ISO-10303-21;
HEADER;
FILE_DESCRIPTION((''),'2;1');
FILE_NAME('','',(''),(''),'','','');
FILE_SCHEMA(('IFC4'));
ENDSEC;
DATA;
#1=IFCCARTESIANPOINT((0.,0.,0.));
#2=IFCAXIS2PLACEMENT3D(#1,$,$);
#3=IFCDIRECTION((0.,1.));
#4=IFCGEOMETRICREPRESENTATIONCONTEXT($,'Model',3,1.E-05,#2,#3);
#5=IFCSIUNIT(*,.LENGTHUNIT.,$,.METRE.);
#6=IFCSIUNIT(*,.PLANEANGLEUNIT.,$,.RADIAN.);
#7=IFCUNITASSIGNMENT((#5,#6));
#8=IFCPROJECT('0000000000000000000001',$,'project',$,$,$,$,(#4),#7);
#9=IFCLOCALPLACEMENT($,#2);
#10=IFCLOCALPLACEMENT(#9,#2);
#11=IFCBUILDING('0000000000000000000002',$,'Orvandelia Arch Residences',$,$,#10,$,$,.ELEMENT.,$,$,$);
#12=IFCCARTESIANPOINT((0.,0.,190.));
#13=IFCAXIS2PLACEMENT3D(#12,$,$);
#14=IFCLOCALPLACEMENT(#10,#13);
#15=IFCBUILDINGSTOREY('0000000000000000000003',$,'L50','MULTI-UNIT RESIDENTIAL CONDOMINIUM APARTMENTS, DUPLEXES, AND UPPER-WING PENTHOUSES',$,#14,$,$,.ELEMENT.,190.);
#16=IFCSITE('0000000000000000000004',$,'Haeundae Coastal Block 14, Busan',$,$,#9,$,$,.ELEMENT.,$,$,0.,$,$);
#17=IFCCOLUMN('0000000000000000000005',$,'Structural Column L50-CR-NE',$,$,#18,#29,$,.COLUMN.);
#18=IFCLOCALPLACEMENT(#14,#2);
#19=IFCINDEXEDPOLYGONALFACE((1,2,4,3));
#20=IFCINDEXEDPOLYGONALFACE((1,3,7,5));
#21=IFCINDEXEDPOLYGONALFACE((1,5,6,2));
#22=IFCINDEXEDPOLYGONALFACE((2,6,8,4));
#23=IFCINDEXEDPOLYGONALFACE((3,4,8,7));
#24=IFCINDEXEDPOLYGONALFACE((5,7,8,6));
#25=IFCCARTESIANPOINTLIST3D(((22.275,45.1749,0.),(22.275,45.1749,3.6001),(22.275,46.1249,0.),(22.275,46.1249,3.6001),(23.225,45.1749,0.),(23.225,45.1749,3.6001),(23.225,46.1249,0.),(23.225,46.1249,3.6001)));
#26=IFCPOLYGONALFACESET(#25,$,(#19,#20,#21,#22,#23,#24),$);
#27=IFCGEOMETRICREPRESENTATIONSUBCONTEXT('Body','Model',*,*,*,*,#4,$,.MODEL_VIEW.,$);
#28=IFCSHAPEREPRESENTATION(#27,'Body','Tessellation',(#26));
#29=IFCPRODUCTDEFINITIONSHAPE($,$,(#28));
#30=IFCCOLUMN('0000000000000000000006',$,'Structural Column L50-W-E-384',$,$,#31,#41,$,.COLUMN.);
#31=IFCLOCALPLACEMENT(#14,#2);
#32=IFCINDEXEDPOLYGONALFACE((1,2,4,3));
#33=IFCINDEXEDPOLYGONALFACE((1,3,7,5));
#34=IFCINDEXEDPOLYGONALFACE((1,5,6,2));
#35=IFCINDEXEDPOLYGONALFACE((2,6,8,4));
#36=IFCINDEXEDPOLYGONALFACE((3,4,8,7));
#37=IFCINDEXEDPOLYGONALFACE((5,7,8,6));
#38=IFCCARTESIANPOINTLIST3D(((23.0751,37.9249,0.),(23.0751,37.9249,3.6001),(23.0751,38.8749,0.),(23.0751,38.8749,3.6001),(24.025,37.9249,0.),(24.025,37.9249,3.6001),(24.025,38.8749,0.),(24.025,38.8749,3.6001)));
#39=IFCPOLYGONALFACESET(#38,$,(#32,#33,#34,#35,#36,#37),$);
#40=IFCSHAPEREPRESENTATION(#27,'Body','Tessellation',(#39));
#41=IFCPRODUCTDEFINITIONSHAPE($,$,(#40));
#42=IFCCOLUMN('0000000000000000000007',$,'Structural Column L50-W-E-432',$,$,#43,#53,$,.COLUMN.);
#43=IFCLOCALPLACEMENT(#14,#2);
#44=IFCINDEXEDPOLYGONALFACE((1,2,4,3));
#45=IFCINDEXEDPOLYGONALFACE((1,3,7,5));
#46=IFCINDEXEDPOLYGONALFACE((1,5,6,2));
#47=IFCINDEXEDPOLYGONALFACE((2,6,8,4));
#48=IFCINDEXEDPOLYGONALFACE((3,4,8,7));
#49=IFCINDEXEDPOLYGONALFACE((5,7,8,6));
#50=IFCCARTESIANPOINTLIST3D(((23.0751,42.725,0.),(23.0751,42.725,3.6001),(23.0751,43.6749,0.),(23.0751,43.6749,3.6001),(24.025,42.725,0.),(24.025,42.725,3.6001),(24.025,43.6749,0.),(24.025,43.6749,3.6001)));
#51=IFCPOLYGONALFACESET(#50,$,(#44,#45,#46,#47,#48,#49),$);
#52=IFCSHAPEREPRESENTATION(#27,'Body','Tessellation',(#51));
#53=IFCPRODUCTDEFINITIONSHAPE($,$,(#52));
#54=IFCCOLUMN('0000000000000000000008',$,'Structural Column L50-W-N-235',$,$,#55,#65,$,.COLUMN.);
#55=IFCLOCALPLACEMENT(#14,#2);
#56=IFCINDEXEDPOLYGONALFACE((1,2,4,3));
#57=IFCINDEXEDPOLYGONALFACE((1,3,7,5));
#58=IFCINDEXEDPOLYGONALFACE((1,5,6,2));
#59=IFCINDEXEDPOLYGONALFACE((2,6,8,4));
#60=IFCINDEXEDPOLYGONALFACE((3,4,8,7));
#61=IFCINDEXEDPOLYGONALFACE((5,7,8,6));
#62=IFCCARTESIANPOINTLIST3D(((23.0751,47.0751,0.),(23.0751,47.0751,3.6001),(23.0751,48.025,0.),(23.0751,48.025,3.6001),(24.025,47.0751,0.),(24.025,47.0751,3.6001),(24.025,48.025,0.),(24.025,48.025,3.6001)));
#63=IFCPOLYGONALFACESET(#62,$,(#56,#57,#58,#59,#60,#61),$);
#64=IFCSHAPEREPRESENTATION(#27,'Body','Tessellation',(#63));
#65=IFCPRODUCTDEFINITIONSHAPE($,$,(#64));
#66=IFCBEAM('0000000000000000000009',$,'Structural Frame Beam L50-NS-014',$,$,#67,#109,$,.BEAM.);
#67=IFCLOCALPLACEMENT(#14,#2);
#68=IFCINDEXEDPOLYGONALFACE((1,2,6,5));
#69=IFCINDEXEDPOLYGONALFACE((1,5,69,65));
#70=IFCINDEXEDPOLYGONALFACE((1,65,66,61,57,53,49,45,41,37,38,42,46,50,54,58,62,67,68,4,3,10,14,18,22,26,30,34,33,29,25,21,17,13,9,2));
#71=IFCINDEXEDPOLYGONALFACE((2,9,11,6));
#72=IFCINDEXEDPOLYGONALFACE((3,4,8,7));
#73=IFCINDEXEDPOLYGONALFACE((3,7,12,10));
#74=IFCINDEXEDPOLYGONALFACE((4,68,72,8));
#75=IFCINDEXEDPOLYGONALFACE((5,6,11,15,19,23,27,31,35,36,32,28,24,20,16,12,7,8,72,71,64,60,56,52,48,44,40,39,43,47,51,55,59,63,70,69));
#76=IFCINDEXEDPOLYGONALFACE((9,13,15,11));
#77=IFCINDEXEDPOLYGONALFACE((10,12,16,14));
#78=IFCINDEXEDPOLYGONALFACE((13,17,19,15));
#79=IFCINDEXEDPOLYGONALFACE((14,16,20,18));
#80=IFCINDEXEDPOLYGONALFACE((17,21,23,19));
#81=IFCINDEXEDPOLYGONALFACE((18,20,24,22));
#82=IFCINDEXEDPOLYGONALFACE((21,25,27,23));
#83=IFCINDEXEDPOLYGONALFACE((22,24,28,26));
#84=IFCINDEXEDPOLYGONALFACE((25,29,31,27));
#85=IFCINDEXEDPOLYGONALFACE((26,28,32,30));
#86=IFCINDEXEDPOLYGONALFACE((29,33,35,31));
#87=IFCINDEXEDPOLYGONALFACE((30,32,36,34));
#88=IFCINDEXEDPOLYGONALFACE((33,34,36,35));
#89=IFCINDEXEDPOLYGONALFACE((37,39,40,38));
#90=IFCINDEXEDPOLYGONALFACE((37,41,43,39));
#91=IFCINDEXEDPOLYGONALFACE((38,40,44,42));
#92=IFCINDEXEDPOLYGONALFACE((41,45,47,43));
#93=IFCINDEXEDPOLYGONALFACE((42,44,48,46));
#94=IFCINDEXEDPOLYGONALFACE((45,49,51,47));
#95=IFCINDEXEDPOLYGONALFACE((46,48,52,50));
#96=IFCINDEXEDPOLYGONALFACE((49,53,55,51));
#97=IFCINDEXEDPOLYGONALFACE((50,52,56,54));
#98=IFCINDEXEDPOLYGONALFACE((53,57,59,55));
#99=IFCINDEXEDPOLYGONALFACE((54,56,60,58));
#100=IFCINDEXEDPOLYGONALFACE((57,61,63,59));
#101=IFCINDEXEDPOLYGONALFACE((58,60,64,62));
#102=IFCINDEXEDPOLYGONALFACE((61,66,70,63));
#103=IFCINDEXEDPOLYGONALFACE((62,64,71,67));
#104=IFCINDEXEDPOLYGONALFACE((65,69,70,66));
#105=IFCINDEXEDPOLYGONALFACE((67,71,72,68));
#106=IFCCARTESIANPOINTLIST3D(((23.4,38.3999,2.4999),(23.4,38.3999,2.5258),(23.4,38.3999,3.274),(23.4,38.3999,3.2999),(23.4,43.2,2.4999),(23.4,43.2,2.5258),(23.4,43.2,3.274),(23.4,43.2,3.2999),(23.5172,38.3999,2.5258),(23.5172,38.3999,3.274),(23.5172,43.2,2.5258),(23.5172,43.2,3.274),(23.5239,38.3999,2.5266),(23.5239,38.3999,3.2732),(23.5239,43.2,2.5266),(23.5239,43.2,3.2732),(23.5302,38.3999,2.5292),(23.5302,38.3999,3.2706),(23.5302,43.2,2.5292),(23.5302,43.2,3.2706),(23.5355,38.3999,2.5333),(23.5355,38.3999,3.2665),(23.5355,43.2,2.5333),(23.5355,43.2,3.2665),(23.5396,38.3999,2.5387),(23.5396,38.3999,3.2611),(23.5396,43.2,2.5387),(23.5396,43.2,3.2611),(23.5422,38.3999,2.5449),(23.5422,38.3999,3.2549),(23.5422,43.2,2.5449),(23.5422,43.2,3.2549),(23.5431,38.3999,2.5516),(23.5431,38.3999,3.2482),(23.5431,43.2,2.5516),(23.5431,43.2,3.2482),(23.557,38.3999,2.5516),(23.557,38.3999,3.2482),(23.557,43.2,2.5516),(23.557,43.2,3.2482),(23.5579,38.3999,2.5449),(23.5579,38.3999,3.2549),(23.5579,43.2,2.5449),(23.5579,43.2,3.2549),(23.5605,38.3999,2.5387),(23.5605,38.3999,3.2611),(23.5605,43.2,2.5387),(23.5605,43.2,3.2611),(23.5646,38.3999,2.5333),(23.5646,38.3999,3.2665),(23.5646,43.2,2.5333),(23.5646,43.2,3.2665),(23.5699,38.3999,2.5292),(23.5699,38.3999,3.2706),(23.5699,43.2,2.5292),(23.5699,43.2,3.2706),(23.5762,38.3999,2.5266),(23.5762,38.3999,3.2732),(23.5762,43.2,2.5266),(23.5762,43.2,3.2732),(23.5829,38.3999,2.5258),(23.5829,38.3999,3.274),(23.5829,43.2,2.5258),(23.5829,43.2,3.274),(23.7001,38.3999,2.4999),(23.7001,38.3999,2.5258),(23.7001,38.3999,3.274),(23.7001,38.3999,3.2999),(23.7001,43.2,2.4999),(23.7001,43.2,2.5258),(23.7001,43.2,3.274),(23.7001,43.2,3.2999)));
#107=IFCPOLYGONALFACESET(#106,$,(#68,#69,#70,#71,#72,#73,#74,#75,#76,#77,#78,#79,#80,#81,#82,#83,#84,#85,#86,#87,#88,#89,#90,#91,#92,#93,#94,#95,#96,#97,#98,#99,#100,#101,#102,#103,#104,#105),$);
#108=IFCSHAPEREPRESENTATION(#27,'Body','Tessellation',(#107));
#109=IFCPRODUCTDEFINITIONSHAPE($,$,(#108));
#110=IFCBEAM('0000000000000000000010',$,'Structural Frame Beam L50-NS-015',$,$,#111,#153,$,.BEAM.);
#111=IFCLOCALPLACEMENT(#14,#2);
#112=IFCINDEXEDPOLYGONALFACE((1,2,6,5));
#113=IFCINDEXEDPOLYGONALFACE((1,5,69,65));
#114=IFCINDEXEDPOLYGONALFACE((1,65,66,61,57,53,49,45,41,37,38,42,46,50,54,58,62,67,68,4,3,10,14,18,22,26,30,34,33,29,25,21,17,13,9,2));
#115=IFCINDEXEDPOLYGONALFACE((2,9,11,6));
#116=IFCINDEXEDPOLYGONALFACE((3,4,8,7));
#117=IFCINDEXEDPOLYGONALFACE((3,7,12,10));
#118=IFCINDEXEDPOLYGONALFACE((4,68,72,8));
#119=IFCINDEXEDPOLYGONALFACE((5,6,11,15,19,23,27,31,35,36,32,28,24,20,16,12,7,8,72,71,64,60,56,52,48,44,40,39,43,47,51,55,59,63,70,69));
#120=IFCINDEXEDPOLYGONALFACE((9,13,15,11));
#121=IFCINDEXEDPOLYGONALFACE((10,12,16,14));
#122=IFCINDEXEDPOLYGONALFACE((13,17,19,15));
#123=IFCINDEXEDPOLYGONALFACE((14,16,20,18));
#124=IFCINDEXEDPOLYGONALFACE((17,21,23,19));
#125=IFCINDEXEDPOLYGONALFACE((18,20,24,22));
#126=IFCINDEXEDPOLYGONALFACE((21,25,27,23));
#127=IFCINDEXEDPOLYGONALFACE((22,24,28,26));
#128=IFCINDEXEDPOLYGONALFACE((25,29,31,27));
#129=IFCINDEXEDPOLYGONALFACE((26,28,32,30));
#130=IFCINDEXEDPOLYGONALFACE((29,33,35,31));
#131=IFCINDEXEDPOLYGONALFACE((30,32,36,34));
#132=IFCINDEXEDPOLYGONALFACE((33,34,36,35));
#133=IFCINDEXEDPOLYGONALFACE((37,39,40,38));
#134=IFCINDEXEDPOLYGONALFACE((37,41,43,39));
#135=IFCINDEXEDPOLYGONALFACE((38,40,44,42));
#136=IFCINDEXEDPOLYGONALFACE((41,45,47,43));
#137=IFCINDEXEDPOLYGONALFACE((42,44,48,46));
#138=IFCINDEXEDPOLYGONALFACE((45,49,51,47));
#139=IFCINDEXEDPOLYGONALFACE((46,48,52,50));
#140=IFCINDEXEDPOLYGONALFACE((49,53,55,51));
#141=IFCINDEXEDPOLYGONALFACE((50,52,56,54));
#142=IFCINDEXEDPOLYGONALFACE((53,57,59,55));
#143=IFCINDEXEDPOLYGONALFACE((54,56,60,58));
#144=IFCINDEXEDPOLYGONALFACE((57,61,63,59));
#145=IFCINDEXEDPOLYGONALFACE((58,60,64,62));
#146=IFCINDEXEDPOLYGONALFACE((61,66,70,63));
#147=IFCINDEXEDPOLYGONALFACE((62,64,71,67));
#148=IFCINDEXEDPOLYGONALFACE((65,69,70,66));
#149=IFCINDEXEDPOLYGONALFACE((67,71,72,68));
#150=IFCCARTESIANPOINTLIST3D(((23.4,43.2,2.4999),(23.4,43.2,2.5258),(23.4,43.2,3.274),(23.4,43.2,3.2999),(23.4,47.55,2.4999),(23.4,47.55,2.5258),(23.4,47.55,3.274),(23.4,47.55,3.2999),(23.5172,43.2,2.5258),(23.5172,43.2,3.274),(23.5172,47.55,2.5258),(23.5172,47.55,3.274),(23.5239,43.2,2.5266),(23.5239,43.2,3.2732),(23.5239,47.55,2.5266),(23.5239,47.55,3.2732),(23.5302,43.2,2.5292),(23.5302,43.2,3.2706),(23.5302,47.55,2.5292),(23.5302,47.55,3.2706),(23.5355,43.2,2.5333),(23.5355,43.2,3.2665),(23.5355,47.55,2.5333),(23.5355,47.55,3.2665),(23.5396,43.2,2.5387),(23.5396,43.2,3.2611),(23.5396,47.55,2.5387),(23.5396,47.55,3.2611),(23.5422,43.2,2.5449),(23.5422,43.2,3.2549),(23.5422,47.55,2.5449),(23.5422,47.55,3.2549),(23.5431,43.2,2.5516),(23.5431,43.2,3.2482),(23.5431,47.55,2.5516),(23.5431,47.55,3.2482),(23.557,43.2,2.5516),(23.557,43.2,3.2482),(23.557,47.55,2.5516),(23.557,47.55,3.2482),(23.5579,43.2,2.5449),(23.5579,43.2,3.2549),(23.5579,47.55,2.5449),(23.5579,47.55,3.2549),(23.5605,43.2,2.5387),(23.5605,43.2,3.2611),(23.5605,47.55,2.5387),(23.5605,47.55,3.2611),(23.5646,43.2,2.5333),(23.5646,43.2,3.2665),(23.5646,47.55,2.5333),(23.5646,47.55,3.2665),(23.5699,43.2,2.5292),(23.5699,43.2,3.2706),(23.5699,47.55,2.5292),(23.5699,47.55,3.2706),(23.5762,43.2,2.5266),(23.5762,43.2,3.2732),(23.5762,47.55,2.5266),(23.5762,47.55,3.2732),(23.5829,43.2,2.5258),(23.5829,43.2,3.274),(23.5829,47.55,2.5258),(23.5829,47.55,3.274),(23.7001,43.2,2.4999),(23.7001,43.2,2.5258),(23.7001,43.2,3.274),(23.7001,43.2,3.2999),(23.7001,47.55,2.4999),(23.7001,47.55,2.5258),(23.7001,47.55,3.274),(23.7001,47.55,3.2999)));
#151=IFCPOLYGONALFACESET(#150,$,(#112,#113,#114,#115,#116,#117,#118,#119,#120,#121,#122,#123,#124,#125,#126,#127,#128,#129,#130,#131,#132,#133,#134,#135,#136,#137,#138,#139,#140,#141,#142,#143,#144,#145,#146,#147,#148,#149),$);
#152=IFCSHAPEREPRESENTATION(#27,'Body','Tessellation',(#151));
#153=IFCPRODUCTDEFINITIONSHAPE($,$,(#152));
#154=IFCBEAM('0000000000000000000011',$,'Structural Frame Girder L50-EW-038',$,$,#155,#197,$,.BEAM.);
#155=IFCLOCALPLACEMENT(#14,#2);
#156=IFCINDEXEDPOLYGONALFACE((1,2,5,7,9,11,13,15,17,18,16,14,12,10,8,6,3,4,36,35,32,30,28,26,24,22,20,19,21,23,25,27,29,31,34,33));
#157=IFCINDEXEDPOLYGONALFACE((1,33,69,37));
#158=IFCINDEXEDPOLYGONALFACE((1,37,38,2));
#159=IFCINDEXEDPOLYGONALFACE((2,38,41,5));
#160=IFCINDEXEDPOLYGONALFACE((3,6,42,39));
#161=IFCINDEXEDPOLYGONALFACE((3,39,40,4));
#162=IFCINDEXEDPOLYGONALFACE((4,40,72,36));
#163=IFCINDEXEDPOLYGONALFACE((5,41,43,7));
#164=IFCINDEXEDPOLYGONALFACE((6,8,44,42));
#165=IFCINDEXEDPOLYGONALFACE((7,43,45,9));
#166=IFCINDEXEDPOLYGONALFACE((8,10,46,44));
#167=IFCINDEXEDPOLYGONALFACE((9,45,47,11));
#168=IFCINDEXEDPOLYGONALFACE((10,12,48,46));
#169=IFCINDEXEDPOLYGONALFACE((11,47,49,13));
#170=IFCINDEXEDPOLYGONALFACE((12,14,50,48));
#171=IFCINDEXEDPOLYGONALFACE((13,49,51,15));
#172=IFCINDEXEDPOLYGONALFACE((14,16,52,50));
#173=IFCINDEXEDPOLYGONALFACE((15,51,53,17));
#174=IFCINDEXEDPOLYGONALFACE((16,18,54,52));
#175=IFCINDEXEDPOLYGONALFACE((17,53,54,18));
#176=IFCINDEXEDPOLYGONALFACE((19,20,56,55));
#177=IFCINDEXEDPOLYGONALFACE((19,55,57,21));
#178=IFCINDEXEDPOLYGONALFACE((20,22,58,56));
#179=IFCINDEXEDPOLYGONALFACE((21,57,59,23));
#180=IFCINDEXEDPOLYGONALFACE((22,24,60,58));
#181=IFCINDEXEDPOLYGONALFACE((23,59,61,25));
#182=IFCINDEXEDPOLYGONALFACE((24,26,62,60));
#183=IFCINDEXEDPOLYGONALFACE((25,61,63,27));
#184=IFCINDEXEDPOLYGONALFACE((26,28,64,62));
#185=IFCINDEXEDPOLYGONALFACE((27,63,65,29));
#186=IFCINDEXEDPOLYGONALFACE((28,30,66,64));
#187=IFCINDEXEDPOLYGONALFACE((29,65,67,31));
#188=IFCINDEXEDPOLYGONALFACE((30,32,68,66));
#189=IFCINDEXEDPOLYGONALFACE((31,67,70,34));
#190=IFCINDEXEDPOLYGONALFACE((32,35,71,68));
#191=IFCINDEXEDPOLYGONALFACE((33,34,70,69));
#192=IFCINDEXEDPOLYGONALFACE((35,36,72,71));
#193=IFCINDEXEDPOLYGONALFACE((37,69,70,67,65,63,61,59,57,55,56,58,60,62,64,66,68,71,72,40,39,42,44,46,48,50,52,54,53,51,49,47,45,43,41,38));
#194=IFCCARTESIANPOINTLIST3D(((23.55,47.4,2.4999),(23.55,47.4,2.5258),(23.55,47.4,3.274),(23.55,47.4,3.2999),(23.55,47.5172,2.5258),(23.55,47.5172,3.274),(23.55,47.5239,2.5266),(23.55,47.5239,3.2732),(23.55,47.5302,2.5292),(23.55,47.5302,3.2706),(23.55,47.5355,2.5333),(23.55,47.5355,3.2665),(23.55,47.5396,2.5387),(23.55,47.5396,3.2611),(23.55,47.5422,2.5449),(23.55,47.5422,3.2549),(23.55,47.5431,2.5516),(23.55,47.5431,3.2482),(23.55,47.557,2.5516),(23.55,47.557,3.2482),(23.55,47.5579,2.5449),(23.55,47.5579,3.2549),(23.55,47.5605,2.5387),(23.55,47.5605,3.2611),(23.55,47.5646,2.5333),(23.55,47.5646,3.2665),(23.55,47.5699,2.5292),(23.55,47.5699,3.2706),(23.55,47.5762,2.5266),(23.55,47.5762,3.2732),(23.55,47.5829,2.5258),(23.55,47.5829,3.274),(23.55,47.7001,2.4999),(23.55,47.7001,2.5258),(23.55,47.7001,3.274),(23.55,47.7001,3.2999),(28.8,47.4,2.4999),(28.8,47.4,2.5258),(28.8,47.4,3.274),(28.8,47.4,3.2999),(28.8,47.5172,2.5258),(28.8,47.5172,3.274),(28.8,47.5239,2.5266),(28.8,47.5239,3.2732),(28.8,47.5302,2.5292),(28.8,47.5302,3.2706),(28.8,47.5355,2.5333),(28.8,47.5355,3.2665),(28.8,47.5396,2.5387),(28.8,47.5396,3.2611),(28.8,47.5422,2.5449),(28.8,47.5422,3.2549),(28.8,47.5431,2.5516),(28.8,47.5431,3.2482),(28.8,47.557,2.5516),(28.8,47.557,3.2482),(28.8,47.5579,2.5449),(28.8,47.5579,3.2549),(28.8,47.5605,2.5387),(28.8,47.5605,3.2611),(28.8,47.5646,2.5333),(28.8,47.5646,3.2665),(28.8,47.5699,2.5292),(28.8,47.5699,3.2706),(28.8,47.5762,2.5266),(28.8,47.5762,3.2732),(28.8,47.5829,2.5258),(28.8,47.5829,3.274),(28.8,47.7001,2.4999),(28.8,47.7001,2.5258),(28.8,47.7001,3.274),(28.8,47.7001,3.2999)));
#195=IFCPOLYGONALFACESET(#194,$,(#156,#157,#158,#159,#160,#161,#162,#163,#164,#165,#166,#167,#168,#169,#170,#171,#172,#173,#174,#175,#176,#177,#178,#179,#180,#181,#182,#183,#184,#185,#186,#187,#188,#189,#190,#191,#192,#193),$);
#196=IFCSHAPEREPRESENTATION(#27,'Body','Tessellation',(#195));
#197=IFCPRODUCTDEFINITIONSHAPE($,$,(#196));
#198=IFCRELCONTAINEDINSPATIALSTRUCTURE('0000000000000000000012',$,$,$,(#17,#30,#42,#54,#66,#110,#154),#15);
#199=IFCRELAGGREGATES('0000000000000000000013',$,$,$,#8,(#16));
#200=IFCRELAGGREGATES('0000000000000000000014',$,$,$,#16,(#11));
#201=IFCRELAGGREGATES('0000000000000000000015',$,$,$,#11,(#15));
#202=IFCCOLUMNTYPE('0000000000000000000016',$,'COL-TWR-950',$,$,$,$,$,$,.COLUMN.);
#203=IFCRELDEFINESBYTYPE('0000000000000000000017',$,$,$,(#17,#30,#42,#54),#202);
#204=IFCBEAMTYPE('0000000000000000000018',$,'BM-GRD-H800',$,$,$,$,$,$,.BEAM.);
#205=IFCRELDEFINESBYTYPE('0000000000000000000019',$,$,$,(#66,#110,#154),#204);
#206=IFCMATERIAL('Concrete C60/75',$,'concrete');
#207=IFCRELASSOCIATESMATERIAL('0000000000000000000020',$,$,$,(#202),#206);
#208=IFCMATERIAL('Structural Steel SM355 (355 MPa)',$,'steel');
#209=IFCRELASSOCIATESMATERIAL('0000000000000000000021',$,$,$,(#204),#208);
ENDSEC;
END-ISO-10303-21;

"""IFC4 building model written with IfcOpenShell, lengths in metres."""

from ifc_helpers import new_model, si_unit, direction, frame, origin, origin_2d, place, context, subcontext, project, spatial, rectangle, i_section, extrude, material, material_profile, profile_set, type_object, element, save


model = new_model("IFC4")

# Units and contexts
model_context = context("Model", 3, precision=1e-05, world=origin(), true_north=direction((0.0, 1.0)))
body_context = subcontext(model_context, "Body", "Model", "MODEL_VIEW")
ifc_project = project(units=[si_unit("LENGTHUNIT", "METRE"), si_unit("PLANEANGLEUNIT", "RADIAN")], contexts=[model_context])

# Site, building, storey
site_placement = place(None, origin())
site = spatial("IfcSite", under=ifc_project, at=site_placement, Name="Haeundae Coastal Block 14, Busan", CompositionType="ELEMENT", RefElevation=0.0)
building_placement = place(site_placement, origin())
building = spatial("IfcBuilding", under=site, at=building_placement, Name="Orvandelia Arch Residences", CompositionType="ELEMENT")
storey_placement = place(building_placement, frame((0.0, 0.0, 190.0)))
storey = spatial("IfcBuildingStorey", under=building, at=storey_placement, Name="L50", Description="MULTI-UNIT RESIDENTIAL CONDOMINIUM APARTMENTS, DUPLEXES, AND UPPER-WING PENTHOUSES", CompositionType="ELEMENT", Elevation=190.0)

# Columns
ifc_material_1 = material(Name="Concrete C60/75", Category="concrete")
ifc_material_profile_1 = material_profile(ifc_material_1, rectangle(XDim=0.95, YDim=0.95, at=origin_2d()), Name="Concrete C60/75", Category="concrete")
ifc_profile_set_1 = profile_set([ifc_material_profile_1], Name="Concrete C60/75")
column_type = type_object("IfcColumnType", Name="COL-TWR-950", PredefinedType="COLUMN", material=ifc_profile_set_1)
for number, where, z_axis, x_axis, name in (
    (1, (22.75, 45.6499, 0.0), (0.0, 0.0, 1.0), (1.0, 0.0, 0.0), "Structural Column L50-CR-NE"),
    (2, (23.55, 38.3999, 0.0), (0.0, 0.0, 1.0), (1.0, 0.0, 0.0), "Structural Column L50-W-E-384"),
    (3, (23.55, 43.2, 0.0), (0.0, 0.0, 1.0), (1.0, 0.0, 0.0), "Structural Column L50-W-E-432"),
    (4, (23.55, 47.55, 0.0), (0.0, 0.0, 1.0), (1.0, 0.0, 0.0), "Structural Column L50-W-N-235"),
):
    element("IfcColumn", number, at=place(storey_placement, frame(where, z_axis=z_axis, x_axis=x_axis)), inside=storey, type_object=column_type, Name=name, PredefinedType="COLUMN", context=body_context, shape_type="SweptSolid", body=[
        extrude(rectangle(XDim=0.95, YDim=0.95, at=origin_2d()), origin(), (0.0, 0.0, 1.0), 3.6001),
    ])

# Beams
ifc_material_2 = material(Name="Structural Steel SM355 (355 MPa)", Category="steel")
ifc_material_profile_2 = material_profile(ifc_material_2, i_section(OverallWidth=0.3, OverallDepth=0.8, WebThickness=0.0139, FlangeThickness=0.0259, FilletRadius=0.0259, at=origin_2d()), Name="Structural Steel SM355 (355 MPa)", Category="steel")
ifc_profile_set_2 = profile_set([ifc_material_profile_2], Name="Structural Steel SM355 (355 MPa)")
beam_type = type_object("IfcBeamType", Name="BM-GRD-H800", PredefinedType="BEAM", material=ifc_profile_set_2)
beam_1_placement = place(storey_placement, frame((23.55, 38.3999, 2.8999), z_axis=(0.0, 1.0, 0.0), x_axis=(-1.0, 0.0, 0.0)))
element("IfcBeam", 5, at=beam_1_placement, inside=storey, type_object=beam_type, Name="Structural Frame Beam L50-NS-014", PredefinedType="BEAM", context=body_context, shape_type="SweptSolid", body=[
    extrude(i_section(OverallWidth=0.3, OverallDepth=0.8, WebThickness=0.0139, FlangeThickness=0.0259, FilletRadius=0.0259, at=origin_2d()), origin(), (0.0, 0.0, 1.0), 4.8),
])
beam_2_placement = place(storey_placement, frame((23.55, 43.2, 2.8999), z_axis=(0.0, 1.0, 0.0), x_axis=(-1.0, 0.0, 0.0)))
element("IfcBeam", 6, at=beam_2_placement, inside=storey, type_object=beam_type, Name="Structural Frame Beam L50-NS-015", PredefinedType="BEAM", context=body_context, shape_type="SweptSolid", body=[
    extrude(i_section(OverallWidth=0.3, OverallDepth=0.8, WebThickness=0.0139, FlangeThickness=0.0259, FilletRadius=0.0259, at=origin_2d()), origin(), (0.0, 0.0, 1.0), 4.3501),
])
beam_3_placement = place(storey_placement, frame((23.55, 47.55, 2.8999), z_axis=(1.0, 0.0, 0.0), x_axis=(0.0, 1.0, 0.0)))
element("IfcBeam", 7, at=beam_3_placement, inside=storey, type_object=beam_type, Name="Structural Frame Girder L50-EW-038", PredefinedType="BEAM", context=body_context, shape_type="SweptSolid", body=[
    extrude(i_section(OverallWidth=0.3, OverallDepth=0.8, WebThickness=0.0139, FlangeThickness=0.0259, FilletRadius=0.0259, at=origin_2d()), origin(), (0.0, 0.0, 1.0), 5.25),
])

save(model, "model.ifc")
